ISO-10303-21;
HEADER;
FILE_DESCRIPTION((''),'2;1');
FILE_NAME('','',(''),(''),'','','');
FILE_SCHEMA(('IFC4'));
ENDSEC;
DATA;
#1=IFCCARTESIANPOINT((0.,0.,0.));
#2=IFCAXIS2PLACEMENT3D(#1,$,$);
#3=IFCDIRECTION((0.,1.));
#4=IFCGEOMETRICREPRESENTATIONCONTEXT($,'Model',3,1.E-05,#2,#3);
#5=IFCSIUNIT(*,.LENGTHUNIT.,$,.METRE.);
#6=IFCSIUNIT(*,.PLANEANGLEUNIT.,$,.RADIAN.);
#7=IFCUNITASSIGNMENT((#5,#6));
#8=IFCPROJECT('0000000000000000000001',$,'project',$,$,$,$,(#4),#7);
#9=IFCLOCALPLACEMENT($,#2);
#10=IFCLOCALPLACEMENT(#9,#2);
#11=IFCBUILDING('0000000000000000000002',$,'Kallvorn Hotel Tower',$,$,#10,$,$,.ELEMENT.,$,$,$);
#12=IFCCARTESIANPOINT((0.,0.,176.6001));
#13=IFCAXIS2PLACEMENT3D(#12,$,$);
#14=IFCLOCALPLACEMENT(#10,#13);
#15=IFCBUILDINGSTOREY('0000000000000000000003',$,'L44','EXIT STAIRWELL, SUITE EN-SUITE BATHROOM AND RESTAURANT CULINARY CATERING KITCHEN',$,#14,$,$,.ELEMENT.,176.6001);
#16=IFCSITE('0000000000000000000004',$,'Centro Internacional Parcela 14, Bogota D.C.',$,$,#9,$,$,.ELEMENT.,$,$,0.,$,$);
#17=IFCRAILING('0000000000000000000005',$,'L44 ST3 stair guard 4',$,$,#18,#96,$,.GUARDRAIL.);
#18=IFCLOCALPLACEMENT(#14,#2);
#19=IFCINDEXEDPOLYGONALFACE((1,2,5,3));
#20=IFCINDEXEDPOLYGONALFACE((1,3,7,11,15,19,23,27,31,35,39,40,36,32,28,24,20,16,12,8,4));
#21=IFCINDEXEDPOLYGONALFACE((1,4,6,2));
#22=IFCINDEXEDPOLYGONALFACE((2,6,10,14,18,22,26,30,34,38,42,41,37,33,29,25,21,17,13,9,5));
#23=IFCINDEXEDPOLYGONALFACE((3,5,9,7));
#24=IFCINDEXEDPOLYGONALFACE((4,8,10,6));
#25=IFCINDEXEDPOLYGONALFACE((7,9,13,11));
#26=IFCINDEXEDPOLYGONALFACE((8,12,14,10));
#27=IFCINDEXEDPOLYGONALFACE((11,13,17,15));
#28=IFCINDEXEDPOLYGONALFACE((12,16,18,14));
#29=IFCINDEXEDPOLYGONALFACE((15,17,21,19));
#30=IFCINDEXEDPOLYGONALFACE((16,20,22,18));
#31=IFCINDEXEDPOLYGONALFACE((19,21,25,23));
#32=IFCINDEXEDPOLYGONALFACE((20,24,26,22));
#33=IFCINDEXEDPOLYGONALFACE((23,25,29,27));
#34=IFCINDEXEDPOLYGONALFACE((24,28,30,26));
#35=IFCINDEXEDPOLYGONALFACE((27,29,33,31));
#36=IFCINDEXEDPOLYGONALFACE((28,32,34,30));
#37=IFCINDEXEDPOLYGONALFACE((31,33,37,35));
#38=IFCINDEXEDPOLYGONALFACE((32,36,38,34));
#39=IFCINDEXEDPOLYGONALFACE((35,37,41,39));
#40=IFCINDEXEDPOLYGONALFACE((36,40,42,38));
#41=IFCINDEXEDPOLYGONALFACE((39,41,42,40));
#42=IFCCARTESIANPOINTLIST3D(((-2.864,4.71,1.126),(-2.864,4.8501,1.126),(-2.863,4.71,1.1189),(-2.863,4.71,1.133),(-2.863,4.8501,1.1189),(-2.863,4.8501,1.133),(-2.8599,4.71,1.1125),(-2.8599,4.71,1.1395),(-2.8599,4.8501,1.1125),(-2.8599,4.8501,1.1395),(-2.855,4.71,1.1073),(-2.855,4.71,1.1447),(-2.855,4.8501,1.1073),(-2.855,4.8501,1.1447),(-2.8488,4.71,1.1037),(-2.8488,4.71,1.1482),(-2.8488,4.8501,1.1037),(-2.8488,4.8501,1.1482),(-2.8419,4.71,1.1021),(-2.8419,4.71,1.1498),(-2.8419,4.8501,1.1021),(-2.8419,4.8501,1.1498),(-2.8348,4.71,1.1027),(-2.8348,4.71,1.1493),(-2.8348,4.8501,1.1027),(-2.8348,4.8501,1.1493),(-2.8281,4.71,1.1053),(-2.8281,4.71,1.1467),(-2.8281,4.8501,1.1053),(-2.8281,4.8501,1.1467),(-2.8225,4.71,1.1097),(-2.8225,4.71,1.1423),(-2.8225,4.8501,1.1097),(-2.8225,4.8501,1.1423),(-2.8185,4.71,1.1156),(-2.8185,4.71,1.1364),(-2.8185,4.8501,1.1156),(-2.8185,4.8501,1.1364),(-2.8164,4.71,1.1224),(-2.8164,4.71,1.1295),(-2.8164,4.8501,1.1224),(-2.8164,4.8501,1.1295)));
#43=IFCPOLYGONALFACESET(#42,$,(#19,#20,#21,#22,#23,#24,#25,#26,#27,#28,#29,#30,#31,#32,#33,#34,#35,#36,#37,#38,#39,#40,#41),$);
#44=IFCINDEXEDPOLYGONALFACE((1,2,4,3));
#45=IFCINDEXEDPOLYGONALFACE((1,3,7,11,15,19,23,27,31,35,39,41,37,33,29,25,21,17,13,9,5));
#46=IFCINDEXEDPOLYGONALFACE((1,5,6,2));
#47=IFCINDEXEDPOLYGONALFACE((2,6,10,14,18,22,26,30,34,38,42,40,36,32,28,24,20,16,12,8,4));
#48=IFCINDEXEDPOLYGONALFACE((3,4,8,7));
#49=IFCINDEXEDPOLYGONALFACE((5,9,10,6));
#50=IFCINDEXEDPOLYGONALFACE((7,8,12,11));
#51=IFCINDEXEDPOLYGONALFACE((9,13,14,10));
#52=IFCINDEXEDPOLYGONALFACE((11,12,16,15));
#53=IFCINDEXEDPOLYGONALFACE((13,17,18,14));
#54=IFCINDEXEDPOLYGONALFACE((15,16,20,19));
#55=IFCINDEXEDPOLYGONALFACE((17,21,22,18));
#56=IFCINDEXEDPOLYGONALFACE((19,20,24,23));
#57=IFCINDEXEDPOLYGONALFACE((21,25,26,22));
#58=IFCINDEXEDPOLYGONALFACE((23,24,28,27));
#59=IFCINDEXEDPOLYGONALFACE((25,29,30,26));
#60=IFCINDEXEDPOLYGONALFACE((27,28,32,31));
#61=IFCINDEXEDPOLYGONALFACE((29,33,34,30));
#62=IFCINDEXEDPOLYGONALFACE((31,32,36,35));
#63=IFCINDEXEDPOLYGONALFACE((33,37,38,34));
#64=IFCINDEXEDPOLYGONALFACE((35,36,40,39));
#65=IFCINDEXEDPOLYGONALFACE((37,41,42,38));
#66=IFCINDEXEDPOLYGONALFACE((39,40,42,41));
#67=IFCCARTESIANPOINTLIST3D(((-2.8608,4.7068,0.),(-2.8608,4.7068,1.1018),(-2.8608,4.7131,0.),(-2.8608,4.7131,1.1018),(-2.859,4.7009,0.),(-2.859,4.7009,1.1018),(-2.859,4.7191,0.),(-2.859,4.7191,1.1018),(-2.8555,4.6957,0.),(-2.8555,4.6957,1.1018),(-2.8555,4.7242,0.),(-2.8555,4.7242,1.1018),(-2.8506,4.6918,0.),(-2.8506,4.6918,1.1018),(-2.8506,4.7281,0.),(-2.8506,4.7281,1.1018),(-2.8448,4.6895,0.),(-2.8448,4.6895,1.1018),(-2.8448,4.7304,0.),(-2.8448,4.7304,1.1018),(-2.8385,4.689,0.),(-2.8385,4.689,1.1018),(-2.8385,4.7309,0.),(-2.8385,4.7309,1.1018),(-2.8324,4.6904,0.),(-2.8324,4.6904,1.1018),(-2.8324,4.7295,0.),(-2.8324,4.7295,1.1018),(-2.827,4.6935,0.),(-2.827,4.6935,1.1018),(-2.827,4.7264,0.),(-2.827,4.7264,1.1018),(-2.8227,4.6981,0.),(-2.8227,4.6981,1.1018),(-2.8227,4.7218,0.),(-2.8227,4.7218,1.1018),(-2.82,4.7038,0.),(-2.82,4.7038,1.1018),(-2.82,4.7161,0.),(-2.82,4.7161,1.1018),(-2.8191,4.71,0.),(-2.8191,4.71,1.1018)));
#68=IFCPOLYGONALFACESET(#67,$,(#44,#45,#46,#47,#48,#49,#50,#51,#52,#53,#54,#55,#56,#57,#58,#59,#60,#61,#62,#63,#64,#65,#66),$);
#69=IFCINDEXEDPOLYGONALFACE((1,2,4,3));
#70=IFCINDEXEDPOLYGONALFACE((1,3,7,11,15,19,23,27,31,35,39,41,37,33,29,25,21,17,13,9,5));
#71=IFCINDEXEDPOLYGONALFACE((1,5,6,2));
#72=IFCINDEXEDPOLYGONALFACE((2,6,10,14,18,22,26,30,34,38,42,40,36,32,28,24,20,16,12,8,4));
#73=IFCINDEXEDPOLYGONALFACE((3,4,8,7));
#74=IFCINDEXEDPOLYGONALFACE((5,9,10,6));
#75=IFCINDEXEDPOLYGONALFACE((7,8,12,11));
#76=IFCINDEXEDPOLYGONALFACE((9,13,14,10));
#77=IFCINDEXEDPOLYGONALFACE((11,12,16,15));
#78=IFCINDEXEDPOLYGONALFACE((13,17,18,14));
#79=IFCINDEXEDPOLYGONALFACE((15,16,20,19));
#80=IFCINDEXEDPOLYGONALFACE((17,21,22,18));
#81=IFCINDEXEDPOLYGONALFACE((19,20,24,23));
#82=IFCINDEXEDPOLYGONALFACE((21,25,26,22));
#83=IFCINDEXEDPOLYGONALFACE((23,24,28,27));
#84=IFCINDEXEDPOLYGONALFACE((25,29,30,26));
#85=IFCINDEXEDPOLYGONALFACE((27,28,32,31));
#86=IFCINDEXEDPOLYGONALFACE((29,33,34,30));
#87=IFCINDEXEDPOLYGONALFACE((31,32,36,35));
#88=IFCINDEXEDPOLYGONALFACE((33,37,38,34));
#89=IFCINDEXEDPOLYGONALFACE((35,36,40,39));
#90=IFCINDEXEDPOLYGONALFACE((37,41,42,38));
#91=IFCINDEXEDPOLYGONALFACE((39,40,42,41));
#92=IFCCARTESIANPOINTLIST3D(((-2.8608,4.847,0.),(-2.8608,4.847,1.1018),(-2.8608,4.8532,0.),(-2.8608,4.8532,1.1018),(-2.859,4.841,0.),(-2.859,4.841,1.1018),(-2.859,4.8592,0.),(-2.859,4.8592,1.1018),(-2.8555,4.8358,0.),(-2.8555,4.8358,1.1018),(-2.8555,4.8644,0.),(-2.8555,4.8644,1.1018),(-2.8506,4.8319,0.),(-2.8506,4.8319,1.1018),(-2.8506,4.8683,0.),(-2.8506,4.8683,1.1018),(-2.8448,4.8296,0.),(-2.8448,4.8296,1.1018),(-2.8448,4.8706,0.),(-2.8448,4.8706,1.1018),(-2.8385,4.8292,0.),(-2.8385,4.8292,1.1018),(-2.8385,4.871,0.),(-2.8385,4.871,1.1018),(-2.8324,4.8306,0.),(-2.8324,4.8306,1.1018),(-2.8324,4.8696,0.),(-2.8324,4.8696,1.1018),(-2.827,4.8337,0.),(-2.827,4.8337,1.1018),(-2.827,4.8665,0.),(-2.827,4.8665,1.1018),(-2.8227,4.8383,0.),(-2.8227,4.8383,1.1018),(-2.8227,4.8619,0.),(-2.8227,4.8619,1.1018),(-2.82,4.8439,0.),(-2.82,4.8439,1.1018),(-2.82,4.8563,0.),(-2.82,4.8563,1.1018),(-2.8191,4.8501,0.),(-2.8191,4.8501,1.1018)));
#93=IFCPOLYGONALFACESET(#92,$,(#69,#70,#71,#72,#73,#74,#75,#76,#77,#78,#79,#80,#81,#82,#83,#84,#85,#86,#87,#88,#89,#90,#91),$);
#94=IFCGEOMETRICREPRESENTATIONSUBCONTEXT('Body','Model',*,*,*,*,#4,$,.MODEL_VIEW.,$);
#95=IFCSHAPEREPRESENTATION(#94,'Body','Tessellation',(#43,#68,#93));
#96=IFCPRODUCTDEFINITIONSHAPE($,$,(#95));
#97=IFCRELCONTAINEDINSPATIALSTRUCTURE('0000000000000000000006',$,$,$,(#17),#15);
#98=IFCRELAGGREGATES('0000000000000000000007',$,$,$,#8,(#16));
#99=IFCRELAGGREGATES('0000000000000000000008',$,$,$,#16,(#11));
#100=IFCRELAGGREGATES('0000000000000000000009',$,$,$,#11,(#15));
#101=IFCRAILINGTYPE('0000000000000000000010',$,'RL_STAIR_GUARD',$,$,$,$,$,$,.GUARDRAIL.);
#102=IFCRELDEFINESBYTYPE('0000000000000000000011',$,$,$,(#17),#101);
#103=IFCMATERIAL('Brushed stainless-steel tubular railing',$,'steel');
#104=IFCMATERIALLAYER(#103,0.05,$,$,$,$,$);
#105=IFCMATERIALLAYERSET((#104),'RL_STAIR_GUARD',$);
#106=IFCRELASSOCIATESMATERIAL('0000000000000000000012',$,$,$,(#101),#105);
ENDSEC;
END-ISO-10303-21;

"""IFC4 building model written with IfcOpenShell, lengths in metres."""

from ifc_helpers import new_model, si_unit, direction, frame, origin, origin_2d, place, context, subcontext, project, spatial, circle, extrude, material, layer, layer_set, type_object, element, save


model = new_model("IFC4")

# Units and contexts
model_context = context("Model", 3, precision=1e-05, world=origin(), true_north=direction((0.0, 1.0)))
body_context = subcontext(model_context, "Body", "Model", "MODEL_VIEW")
ifc_project = project(units=[si_unit("LENGTHUNIT", "METRE"), si_unit("PLANEANGLEUNIT", "RADIAN")], contexts=[model_context])

# Site, building, storey
site_placement = place(None, origin())
site = spatial("IfcSite", under=ifc_project, at=site_placement, Name="Centro Internacional Parcela 14, Bogota D.C.", CompositionType="ELEMENT", RefElevation=0.0)
building_placement = place(site_placement, origin())
building = spatial("IfcBuilding", under=site, at=building_placement, Name="Kallvorn Hotel Tower", CompositionType="ELEMENT")
storey_placement = place(building_placement, frame((0.0, 0.0, 176.6001)))
storey = spatial("IfcBuildingStorey", under=building, at=storey_placement, Name="L44", Description="EXIT STAIRWELL, SUITE EN-SUITE BATHROOM AND RESTAURANT CULINARY CATERING KITCHEN", CompositionType="ELEMENT", Elevation=176.6001)

# Railing
ifc_material_1 = material(Name="Brushed stainless-steel tubular railing", Category="steel")
ifc_layer_1 = layer(ifc_material_1, 0.05)
ifc_layer_set_1 = layer_set([ifc_layer_1], Name="RL_STAIR_GUARD")
railing_type_1 = type_object("IfcRailingType", Name="RL_STAIR_GUARD", PredefinedType="GUARDRAIL", material=ifc_layer_set_1)
railing_1_placement = place(storey_placement, frame((-2.8401, 4.71, 0.0)))
element("IfcRailing", 1, at=railing_1_placement, inside=storey, type_object=railing_type_1, Name="L44 ST3 stair guard 4", PredefinedType="GUARDRAIL", context=body_context, shape_type="SweptSolid", body=[
    extrude(circle(Radius=0.0239, at=origin_2d()), frame((0.0, 0.0, 1.126), z_axis=(0.0, 1.0, 0.0), x_axis=(-1.0, 0.0, 0.0)), (0.0, 0.0, 1.0), 0.1401),
    extrude(circle(Radius=0.021, at=origin_2d()), origin(), (0.0, 0.0, 1.0), 1.1018),
    extrude(circle(Radius=0.021, at=origin_2d()), frame((0.0, 0.1401, 0.0)), (0.0, 0.0, 1.0), 1.1018),
])

save(model, "model.ifc")
